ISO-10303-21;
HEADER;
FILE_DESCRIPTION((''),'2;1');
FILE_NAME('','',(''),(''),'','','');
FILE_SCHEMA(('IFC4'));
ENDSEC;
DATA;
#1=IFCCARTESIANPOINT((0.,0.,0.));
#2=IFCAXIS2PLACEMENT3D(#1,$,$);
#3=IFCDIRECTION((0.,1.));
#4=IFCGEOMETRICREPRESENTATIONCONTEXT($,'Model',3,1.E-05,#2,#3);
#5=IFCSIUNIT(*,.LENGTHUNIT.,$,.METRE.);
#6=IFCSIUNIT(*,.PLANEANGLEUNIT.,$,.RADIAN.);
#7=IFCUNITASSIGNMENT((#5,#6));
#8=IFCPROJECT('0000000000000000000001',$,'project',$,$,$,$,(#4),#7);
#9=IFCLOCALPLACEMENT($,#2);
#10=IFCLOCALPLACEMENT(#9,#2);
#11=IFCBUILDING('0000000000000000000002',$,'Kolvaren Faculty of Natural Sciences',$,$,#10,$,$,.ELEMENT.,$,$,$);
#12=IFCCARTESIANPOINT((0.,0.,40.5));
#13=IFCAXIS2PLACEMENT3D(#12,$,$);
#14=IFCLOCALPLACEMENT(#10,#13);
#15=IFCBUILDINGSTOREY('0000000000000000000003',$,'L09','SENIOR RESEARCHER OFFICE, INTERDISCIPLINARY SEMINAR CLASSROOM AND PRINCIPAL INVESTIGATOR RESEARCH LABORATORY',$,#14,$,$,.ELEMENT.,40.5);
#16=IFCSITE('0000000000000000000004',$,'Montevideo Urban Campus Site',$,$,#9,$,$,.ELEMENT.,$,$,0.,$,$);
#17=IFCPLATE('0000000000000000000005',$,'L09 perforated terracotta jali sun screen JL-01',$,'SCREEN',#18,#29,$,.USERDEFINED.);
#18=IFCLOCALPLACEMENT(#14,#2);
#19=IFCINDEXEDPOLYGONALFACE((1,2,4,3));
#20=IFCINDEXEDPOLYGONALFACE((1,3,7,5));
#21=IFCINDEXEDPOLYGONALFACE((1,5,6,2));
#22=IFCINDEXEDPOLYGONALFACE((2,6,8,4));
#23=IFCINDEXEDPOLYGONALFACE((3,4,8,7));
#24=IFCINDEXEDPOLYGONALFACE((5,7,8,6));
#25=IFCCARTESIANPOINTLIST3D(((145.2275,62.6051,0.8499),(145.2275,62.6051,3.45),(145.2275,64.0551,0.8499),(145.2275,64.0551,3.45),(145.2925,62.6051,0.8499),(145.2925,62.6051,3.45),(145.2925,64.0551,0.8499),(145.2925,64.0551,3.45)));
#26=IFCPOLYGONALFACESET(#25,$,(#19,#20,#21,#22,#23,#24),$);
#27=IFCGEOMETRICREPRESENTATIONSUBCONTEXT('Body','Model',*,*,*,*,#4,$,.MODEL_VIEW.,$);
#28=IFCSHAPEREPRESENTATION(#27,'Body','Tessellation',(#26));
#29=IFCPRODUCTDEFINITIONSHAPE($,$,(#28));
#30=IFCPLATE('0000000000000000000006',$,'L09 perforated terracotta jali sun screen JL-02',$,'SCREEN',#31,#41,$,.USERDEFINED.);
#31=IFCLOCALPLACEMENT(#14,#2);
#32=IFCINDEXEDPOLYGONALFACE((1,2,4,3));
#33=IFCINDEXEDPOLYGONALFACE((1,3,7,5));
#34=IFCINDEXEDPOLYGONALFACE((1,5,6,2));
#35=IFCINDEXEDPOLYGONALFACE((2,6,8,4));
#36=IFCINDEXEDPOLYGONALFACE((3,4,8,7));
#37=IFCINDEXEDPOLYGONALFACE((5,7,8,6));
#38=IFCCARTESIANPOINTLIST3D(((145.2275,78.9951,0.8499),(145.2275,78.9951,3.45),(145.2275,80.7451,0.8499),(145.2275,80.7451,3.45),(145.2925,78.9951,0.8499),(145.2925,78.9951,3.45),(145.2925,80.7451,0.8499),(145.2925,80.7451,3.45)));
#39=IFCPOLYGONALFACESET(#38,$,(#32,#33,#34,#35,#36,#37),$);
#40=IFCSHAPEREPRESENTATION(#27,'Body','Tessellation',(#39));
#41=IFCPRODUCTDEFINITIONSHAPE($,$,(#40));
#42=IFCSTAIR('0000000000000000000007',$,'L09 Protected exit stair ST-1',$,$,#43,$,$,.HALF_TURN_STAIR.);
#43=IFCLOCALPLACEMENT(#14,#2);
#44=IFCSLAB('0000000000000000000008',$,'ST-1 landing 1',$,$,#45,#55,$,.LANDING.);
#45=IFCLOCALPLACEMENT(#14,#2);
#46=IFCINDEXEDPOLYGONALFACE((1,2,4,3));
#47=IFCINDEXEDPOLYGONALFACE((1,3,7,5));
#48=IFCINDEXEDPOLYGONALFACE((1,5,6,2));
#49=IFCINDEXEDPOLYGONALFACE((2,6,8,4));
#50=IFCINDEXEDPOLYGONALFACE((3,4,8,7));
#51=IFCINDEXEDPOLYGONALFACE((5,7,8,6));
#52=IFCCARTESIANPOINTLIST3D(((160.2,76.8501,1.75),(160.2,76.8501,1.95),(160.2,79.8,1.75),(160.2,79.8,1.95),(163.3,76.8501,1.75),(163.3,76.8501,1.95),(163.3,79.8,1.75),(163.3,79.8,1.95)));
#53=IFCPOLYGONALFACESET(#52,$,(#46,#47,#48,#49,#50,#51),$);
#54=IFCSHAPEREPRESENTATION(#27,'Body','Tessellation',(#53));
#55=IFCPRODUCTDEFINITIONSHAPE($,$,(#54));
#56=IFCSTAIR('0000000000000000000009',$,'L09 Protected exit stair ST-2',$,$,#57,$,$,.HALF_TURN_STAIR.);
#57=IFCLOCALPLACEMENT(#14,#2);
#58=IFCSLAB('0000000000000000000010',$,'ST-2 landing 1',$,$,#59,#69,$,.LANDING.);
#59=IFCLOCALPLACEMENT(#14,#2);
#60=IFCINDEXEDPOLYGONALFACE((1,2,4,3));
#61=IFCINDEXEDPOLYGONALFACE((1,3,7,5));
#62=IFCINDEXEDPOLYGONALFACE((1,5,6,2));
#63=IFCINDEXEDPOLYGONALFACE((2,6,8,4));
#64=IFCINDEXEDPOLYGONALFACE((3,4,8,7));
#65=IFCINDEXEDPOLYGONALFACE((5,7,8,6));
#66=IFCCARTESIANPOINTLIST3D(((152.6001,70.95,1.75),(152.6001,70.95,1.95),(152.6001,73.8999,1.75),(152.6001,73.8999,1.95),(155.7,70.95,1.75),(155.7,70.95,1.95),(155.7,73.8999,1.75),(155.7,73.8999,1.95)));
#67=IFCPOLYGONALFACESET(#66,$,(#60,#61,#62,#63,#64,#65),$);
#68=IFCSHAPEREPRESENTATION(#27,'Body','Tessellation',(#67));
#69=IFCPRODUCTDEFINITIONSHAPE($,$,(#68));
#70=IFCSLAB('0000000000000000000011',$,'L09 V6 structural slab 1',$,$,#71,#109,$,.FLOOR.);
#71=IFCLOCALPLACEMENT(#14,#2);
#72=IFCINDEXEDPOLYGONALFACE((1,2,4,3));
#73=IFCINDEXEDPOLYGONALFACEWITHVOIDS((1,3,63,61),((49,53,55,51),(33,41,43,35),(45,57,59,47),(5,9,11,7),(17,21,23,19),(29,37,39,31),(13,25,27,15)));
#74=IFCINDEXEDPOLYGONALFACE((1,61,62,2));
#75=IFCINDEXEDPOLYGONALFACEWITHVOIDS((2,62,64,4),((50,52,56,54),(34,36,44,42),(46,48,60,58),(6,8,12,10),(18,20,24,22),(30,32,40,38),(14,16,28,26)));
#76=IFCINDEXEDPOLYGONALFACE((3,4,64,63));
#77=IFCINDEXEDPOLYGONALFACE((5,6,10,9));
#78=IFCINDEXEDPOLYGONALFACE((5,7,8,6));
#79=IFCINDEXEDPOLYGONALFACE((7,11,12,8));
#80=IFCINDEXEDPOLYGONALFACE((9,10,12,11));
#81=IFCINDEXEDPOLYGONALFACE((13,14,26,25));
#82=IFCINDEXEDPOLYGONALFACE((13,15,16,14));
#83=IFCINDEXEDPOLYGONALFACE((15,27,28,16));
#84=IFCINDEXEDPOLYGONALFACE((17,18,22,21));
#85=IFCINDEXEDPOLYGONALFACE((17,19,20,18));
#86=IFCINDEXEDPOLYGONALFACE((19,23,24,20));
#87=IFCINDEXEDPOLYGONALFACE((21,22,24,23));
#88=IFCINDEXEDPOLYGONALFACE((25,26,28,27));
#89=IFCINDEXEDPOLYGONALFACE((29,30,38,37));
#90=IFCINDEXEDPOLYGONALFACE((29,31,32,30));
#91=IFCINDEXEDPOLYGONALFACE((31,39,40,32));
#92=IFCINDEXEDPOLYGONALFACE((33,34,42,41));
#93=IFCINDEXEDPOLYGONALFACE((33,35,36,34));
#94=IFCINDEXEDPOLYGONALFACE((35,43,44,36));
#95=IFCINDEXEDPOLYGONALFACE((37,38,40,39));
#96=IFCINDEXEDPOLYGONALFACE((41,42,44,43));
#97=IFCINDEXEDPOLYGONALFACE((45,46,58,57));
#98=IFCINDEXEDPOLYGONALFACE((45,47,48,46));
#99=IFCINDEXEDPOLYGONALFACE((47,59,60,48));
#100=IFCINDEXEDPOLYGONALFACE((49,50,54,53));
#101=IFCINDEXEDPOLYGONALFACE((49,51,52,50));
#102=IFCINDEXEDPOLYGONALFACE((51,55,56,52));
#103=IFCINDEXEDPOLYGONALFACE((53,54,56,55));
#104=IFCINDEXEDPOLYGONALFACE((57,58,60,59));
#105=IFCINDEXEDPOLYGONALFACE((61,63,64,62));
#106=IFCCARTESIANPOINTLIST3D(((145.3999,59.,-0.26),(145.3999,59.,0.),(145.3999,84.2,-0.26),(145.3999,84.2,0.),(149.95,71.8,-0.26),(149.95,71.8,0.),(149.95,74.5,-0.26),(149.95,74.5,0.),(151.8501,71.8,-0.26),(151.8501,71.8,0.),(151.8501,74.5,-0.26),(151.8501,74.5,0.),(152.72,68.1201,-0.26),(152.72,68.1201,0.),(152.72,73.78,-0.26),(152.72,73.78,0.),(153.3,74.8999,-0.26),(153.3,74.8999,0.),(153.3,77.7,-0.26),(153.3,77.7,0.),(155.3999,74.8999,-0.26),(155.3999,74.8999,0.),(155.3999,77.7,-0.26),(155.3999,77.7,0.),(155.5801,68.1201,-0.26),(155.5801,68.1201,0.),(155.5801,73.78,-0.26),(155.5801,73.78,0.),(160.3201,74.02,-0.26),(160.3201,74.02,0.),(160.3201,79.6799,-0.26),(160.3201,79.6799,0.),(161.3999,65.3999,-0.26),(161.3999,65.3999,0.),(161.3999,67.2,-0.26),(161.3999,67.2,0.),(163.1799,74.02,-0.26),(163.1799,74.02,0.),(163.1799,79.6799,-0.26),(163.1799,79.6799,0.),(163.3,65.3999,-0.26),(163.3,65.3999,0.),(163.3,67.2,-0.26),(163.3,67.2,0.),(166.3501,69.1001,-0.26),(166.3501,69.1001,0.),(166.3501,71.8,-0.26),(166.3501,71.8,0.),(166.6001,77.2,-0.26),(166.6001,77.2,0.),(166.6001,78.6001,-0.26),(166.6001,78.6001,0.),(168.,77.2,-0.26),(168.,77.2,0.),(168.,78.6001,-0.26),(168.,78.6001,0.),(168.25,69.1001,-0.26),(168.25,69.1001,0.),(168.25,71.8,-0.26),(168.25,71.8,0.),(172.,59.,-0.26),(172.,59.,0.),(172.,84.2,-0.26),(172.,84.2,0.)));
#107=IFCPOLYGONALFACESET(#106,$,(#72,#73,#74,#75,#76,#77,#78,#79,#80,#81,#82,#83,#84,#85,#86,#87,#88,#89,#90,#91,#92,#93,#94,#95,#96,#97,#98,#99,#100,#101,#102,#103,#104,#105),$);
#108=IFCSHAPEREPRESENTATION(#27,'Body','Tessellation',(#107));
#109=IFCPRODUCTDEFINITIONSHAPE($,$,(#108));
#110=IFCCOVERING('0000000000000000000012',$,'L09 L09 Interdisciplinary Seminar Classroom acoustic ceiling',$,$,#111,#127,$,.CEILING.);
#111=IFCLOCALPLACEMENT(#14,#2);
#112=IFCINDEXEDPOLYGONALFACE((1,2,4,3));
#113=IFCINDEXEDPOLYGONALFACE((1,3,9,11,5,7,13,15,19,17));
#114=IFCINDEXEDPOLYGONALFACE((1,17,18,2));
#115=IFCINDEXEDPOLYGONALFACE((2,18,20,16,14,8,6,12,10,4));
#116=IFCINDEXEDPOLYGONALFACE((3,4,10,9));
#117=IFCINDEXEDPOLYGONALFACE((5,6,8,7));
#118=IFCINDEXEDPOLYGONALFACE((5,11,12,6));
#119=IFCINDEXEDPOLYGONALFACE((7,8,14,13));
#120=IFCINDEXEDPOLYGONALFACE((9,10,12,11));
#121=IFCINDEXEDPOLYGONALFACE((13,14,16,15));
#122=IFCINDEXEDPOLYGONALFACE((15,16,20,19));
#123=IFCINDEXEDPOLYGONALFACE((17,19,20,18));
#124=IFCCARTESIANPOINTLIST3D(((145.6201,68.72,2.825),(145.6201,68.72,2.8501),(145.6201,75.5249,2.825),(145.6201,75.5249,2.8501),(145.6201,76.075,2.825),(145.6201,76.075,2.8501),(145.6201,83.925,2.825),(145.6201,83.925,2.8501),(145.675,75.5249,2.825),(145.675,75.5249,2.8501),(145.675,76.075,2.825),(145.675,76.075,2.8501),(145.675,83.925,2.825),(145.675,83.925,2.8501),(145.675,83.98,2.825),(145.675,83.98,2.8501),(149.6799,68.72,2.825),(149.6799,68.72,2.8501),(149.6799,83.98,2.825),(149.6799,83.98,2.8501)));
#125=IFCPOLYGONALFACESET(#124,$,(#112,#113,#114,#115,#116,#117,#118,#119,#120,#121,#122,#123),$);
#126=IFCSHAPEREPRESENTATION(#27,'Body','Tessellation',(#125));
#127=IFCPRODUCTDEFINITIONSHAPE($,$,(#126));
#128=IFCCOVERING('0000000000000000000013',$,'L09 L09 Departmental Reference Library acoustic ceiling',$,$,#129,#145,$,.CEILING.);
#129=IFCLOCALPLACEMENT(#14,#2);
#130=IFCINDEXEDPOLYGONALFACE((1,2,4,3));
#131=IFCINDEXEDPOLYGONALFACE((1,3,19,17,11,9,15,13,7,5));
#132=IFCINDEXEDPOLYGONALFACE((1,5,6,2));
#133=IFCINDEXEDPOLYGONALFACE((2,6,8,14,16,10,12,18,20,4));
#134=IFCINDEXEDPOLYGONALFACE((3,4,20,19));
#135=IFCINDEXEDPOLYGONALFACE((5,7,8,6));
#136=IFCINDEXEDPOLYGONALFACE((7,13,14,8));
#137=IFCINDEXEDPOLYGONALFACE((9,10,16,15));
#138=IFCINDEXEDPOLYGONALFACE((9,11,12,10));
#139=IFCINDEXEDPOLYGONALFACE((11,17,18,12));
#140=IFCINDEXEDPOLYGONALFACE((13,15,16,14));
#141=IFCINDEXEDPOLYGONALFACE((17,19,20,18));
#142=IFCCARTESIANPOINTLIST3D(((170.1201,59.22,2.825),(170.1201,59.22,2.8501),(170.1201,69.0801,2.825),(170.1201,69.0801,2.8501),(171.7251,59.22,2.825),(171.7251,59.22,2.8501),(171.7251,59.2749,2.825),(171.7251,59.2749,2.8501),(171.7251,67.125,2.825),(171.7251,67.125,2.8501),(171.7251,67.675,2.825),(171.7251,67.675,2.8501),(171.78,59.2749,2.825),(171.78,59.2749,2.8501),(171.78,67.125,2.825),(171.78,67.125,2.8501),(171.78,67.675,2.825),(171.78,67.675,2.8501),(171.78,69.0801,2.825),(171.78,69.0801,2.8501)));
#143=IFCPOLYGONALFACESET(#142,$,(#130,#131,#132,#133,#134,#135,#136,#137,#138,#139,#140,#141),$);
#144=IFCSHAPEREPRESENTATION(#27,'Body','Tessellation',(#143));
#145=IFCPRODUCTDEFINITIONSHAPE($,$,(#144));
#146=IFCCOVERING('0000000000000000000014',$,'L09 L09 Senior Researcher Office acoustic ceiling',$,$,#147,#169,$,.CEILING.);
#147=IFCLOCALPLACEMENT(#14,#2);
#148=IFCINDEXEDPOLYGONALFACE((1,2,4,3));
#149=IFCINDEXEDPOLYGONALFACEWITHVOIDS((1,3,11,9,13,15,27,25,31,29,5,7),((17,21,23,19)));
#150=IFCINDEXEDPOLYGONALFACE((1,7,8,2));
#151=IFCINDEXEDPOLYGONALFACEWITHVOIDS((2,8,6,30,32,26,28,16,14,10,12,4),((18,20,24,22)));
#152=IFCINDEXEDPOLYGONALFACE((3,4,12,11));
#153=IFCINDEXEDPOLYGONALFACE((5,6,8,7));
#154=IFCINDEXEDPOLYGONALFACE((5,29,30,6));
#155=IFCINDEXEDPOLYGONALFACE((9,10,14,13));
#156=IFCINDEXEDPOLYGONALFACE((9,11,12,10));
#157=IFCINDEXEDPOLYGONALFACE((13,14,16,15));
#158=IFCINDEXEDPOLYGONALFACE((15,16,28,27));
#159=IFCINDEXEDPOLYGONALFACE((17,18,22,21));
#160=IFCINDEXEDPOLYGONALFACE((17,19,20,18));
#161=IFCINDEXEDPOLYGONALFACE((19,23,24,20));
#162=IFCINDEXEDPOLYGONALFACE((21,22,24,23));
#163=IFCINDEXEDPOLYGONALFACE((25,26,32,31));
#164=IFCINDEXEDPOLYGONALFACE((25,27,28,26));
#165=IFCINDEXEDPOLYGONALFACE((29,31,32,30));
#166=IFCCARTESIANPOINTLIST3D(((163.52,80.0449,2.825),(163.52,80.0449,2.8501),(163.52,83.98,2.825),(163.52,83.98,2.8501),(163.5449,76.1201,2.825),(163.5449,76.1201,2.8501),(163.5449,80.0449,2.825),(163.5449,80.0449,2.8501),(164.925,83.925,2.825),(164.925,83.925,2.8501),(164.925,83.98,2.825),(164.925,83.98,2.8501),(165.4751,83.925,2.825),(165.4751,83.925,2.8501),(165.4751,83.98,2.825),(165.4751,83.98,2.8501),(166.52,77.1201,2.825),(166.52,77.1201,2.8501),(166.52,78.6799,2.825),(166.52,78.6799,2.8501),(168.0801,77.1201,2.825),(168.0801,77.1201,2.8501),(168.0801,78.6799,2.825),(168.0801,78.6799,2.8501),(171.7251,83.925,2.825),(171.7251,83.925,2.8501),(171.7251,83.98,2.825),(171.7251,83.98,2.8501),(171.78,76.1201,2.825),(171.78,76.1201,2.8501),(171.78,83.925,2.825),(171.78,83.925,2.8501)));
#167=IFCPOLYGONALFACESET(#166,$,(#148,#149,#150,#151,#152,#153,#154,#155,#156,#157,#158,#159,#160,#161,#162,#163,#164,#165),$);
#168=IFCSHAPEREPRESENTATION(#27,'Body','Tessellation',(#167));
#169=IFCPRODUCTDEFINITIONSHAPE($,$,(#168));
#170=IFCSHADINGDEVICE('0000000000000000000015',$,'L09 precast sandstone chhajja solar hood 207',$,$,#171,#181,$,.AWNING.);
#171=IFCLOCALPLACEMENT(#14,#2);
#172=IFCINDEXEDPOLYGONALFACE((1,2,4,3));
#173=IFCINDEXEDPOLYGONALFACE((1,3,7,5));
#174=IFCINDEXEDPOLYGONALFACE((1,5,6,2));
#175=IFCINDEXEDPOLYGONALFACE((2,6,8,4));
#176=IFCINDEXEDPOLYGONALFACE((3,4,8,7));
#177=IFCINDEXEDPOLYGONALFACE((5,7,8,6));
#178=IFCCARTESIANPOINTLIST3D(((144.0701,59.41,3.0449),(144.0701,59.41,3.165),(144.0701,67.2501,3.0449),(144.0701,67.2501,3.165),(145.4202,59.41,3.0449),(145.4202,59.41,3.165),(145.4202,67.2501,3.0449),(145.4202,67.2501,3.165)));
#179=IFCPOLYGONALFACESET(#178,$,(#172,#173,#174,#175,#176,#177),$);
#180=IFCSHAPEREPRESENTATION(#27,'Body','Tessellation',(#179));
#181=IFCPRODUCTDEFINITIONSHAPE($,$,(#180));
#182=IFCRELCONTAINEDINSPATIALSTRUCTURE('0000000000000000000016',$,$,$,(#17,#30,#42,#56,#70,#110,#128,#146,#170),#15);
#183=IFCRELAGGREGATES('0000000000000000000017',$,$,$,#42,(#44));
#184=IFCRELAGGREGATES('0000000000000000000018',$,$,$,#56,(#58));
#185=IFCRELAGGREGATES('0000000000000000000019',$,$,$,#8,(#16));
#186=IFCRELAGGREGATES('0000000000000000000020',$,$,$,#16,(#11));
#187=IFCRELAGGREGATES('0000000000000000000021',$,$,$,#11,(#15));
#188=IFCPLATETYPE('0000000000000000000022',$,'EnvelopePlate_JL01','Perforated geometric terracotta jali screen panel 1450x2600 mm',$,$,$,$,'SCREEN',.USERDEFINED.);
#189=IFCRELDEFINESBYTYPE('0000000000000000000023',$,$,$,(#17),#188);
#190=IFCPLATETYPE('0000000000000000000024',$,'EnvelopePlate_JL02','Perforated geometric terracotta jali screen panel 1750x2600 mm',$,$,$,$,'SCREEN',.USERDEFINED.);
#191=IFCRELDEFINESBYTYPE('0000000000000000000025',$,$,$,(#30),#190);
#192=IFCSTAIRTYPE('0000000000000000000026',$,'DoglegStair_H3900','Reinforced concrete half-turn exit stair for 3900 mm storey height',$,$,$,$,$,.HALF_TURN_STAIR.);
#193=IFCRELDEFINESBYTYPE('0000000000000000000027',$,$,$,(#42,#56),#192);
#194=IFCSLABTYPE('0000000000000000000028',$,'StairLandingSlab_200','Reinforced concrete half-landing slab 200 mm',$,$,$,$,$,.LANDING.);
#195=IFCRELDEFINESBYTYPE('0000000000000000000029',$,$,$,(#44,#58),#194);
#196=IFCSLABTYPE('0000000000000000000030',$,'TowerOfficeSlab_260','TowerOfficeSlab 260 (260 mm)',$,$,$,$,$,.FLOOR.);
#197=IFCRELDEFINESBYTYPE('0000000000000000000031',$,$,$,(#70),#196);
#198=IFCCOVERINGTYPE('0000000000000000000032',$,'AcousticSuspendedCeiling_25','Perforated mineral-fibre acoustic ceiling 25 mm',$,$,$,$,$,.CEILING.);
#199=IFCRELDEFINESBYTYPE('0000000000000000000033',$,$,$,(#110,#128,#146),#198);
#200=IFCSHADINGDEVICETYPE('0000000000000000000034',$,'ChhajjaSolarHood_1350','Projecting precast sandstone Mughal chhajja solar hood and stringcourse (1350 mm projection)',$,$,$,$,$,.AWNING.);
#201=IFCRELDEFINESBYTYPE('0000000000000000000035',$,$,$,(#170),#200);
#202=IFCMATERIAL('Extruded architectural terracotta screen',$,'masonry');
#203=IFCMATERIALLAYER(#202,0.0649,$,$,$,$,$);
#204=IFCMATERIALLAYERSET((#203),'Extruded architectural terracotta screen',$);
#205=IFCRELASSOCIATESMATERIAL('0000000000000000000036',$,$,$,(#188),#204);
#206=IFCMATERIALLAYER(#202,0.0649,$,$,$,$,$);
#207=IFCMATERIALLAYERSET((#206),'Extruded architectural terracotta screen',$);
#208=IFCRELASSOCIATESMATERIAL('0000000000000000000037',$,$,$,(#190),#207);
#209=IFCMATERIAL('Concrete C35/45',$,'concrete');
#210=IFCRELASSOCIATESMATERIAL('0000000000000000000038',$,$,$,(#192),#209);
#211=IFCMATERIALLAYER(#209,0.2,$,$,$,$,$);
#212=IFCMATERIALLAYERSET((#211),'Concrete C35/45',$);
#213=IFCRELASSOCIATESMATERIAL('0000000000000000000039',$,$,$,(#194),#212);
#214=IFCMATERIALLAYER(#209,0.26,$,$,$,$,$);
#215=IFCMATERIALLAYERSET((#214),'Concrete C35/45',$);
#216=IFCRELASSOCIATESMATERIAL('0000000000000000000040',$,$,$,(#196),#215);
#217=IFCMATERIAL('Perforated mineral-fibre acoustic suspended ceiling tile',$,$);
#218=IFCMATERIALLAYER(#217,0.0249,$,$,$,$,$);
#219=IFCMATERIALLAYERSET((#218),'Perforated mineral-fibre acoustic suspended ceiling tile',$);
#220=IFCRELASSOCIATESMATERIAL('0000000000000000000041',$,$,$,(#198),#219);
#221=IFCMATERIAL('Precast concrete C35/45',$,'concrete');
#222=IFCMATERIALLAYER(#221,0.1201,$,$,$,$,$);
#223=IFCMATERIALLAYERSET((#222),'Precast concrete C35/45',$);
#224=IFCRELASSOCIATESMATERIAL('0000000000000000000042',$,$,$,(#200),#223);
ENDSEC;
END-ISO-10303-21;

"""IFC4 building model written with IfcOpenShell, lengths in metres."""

from ifc_helpers import new_model, si_unit, direction, frame, origin, origin_2d, place, context, subcontext, project, spatial, polyline, rectangle, outline, extrude, material, layer, layer_set, type_object, element, aggregate, save


model = new_model("IFC4")

# Units and contexts
model_context = context("Model", 3, precision=1e-05, world=origin(), true_north=direction((0.0, 1.0)))
body_context = subcontext(model_context, "Body", "Model", "MODEL_VIEW")
ifc_project = project(units=[si_unit("LENGTHUNIT", "METRE"), si_unit("PLANEANGLEUNIT", "RADIAN")], contexts=[model_context])

# Site, building, storey
site_placement = place(None, origin())
site = spatial("IfcSite", under=ifc_project, at=site_placement, Name="Montevideo Urban Campus Site", CompositionType="ELEMENT", RefElevation=0.0)
building_placement = place(site_placement, origin())
building = spatial("IfcBuilding", under=site, at=building_placement, Name="Kolvaren Faculty of Natural Sciences", CompositionType="ELEMENT")
storey_placement = place(building_placement, frame((0.0, 0.0, 40.5)))
storey = spatial("IfcBuildingStorey", under=building, at=storey_placement, Name="L09", Description="SENIOR RESEARCHER OFFICE, INTERDISCIPLINARY SEMINAR CLASSROOM AND PRINCIPAL INVESTIGATOR RESEARCH LABORATORY", CompositionType="ELEMENT", Elevation=40.5)

# Plates
ifc_material_1 = material(Name="Extruded architectural terracotta screen", Category="masonry")
ifc_layer_1 = layer(ifc_material_1, 0.0649)
ifc_layer_set_1 = layer_set([ifc_layer_1], Name="Extruded architectural terracotta screen")
plate_type_1 = type_object("IfcPlateType", Name="EnvelopePlate_JL01", Description="Perforated geometric terracotta jali screen panel 1450x2600 mm", ElementType="SCREEN", PredefinedType="USERDEFINED", material=ifc_layer_set_1)
plate_1_placement = place(storey_placement, frame((145.26, 63.3301, 0.8499), z_axis=(0.0, 0.0, 1.0), x_axis=(0.0, 1.0, 0.0)))
element("IfcPlate", 1, at=plate_1_placement, inside=storey, type_object=plate_type_1, Name="L09 perforated terracotta jali sun screen JL-01", ObjectType="SCREEN", PredefinedType="USERDEFINED", context=body_context, shape_type="SweptSolid", body=[
    extrude(rectangle(XDim=1.45, YDim=0.0649, at=origin_2d()), origin(), (0.0, 0.0, 1.0), 2.6001),
])
ifc_layer_2 = layer(ifc_material_1, 0.0649)
ifc_layer_set_2 = layer_set([ifc_layer_2], Name="Extruded architectural terracotta screen")
plate_type_2 = type_object("IfcPlateType", Name="EnvelopePlate_JL02", Description="Perforated geometric terracotta jali screen panel 1750x2600 mm", ElementType="SCREEN", PredefinedType="USERDEFINED", material=ifc_layer_set_2)
plate_2_placement = place(storey_placement, frame((145.26, 79.8701, 0.8499), z_axis=(0.0, 0.0, 1.0), x_axis=(0.0, 1.0, 0.0)))
element("IfcPlate", 2, at=plate_2_placement, inside=storey, type_object=plate_type_2, Name="L09 perforated terracotta jali sun screen JL-02", ObjectType="SCREEN", PredefinedType="USERDEFINED", context=body_context, shape_type="SweptSolid", body=[
    extrude(rectangle(XDim=1.75, YDim=0.0649, at=origin_2d()), origin(), (0.0, 0.0, 1.0), 2.6001),
])

# Stairs, slabs
ifc_material_2 = material(Name="Concrete C35/45", Category="concrete")
stair_type = type_object("IfcStairType", Name="DoglegStair_H3900", Description="Reinforced concrete half-turn exit stair for 3900 mm storey height", PredefinedType="HALF_TURN_STAIR", material=ifc_material_2)
stair_1_placement = place(storey_placement, origin())
stair_1 = element("IfcStair", 3, at=stair_1_placement, inside=storey, type_object=stair_type, Name="L09 Protected exit stair ST-1", PredefinedType="HALF_TURN_STAIR")
ifc_layer_3 = layer(ifc_material_2, 0.2)
ifc_layer_set_3 = layer_set([ifc_layer_3], Name="Concrete C35/45")
slab_type_1 = type_object("IfcSlabType", Name="StairLandingSlab_200", Description="Reinforced concrete half-landing slab 200 mm", PredefinedType="LANDING", material=ifc_layer_set_3)
slab_1_placement = place(storey_placement, frame((0.0, 0.0, 1.75)))
slab_1 = element("IfcSlab", 4, at=slab_1_placement, type_object=slab_type_1, Name="ST-1 landing 1", PredefinedType="LANDING", context=body_context, shape_type="SweptSolid", body=[
    extrude(outline(polyline([(163.3, 76.8501), (163.3, 79.8), (160.2, 79.8), (160.2, 76.8501), (163.3, 76.8501)])), origin(), (0.0, 0.0, 1.0), 0.2),
])
aggregate(stair_1, [slab_1])
stair_2_placement = place(storey_placement, origin())
stair_2 = element("IfcStair", 5, at=stair_2_placement, inside=storey, type_object=stair_type, Name="L09 Protected exit stair ST-2", PredefinedType="HALF_TURN_STAIR")
slab_2_placement = place(storey_placement, frame((0.0, 0.0, 1.75)))
slab_2 = element("IfcSlab", 6, at=slab_2_placement, type_object=slab_type_1, Name="ST-2 landing 1", PredefinedType="LANDING", context=body_context, shape_type="SweptSolid", body=[
    extrude(outline(polyline([(155.7, 70.95), (155.7, 73.8999), (152.6001, 73.8999), (152.6001, 70.95), (155.7, 70.95)])), origin(), (0.0, 0.0, 1.0), 0.2),
])
aggregate(stair_2, [slab_2])

# Slab
ifc_layer_4 = layer(ifc_material_2, 0.26)
ifc_layer_set_4 = layer_set([ifc_layer_4], Name="Concrete C35/45")
slab_type_2 = type_object("IfcSlabType", Name="TowerOfficeSlab_260", Description="TowerOfficeSlab 260 (260 mm)", PredefinedType="FLOOR", material=ifc_layer_set_4)
slab_3_placement = place(storey_placement, frame((0.0, 0.0, -0.26)))
element("IfcSlab", 7, at=slab_3_placement, inside=storey, type_object=slab_type_2, Name="L09 V6 structural slab 1", PredefinedType="FLOOR", context=body_context, shape_type="SweptSolid", body=[
    extrude(outline(polyline([(145.3999, 59.0), (145.3999, 84.2), (172.0, 84.2), (172.0, 59.0), (145.3999, 59.0)]), holes=[polyline([(166.3501, 71.8), (166.3501, 69.1001), (168.25, 69.1001), (168.25, 71.8), (166.3501, 71.8)]), polyline([(166.6001, 78.6001), (166.6001, 77.2), (168.0, 77.2), (168.0, 78.6001), (166.6001, 78.6001)]), polyline([(161.3999, 65.3999), (163.3, 65.3999), (163.3, 67.2), (161.3999, 67.2), (161.3999, 65.3999)]), polyline([(160.3201, 79.6799), (160.3201, 74.02), (163.1799, 74.02), (163.1799, 79.6799), (160.3201, 79.6799)]), polyline([(152.72, 73.78), (152.72, 68.1201), (155.5801, 68.1201), (155.5801, 73.78), (152.72, 73.78)]), polyline([(153.3, 77.7), (153.3, 74.8999), (155.3999, 74.8999), (155.3999, 77.7), (153.3, 77.7)]), polyline([(149.95, 74.5), (149.95, 71.8), (151.8501, 71.8), (151.8501, 74.5), (149.95, 74.5)])]), origin(), (0.0, 0.0, 1.0), 0.26),
])

# Coverings
ifc_material_3 = material(Name="Perforated mineral-fibre acoustic suspended ceiling tile")
ifc_layer_5 = layer(ifc_material_3, 0.0249)
ifc_layer_set_5 = layer_set([ifc_layer_5], Name="Perforated mineral-fibre acoustic suspended ceiling tile")
covering_type_1 = type_object("IfcCoveringType", Name="AcousticSuspendedCeiling_25", Description="Perforated mineral-fibre acoustic ceiling 25 mm", PredefinedType="CEILING", material=ifc_layer_set_5)
covering_1_placement = place(storey_placement, frame((0.0, 0.0, 2.825)))
element("IfcCovering", 8, at=covering_1_placement, inside=storey, type_object=covering_type_1, Name="L09 L09 Interdisciplinary Seminar Classroom acoustic ceiling", PredefinedType="CEILING", context=body_context, shape_type="SweptSolid", body=[
    extrude(outline(polyline([(145.6201, 68.72), (145.6201, 75.5249), (145.675, 75.5249), (145.675, 76.075), (145.6201, 76.075), (145.6201, 83.925), (145.675, 83.925), (145.675, 83.98), (149.6799, 83.98), (149.6799, 68.72), (145.6201, 68.72)])), origin(), (0.0, 0.0, 1.0), 0.0251),
])
covering_2_placement = place(storey_placement, frame((0.0, 0.0, 2.825)))
element("IfcCovering", 9, at=covering_2_placement, inside=storey, type_object=covering_type_1, Name="L09 L09 Departmental Reference Library acoustic ceiling", PredefinedType="CEILING", context=body_context, shape_type="SweptSolid", body=[
    extrude(outline(polyline([(171.78, 69.0801), (171.78, 67.675), (171.7251, 67.675), (171.7251, 67.125), (171.78, 67.125), (171.78, 59.2749), (171.7251, 59.2749), (171.7251, 59.22), (170.1201, 59.22), (170.1201, 69.0801), (171.78, 69.0801)])), origin(), (0.0, 0.0, 1.0), 0.0251),
])
covering_3_placement = place(storey_placement, frame((0.0, 0.0, 2.825)))
element("IfcCovering", 10, at=covering_3_placement, inside=storey, type_object=covering_type_1, Name="L09 L09 Senior Researcher Office acoustic ceiling", PredefinedType="CEILING", context=body_context, shape_type="SweptSolid", body=[
    extrude(outline(polyline([(163.5449, 80.0449), (163.52, 80.0449), (163.52, 83.98), (164.925, 83.98), (164.925, 83.925), (165.4751, 83.925), (165.4751, 83.98), (171.7251, 83.98), (171.7251, 83.925), (171.78, 83.925), (171.78, 76.1201), (163.5449, 76.1201), (163.5449, 80.0449)]), holes=[polyline([(168.0801, 77.1201), (168.0801, 78.6799), (166.52, 78.6799), (166.52, 77.1201), (168.0801, 77.1201)])]), origin(), (0.0, 0.0, 1.0), 0.0251),
])

# Shading device
ifc_material_4 = material(Name="Precast concrete C35/45", Category="concrete")
ifc_layer_6 = layer(ifc_material_4, 0.1201)
ifc_layer_set_6 = layer_set([ifc_layer_6], Name="Precast concrete C35/45")
shading_device_type = type_object("IfcShadingDeviceType", Name="ChhajjaSolarHood_1350", Description="Projecting precast sandstone Mughal chhajja solar hood and stringcourse (1350 mm projection)", PredefinedType="AWNING", material=ifc_layer_set_6)
shading_device_1_placement = place(storey_placement, frame((144.7451, 63.3301, 3.0449), z_axis=(0.0, 0.0, 1.0), x_axis=(0.0, 1.0, 0.0)))
element("IfcShadingDevice", 11, at=shading_device_1_placement, inside=storey, type_object=shading_device_type, Name="L09 precast sandstone chhajja solar hood 207", PredefinedType="AWNING", context=body_context, shape_type="SweptSolid", body=[
    extrude(rectangle(XDim=7.8401, YDim=1.3501, at=origin_2d()), origin(), (0.0, 0.0, 1.0), 0.1201),
])

save(model, "model.ifc")
